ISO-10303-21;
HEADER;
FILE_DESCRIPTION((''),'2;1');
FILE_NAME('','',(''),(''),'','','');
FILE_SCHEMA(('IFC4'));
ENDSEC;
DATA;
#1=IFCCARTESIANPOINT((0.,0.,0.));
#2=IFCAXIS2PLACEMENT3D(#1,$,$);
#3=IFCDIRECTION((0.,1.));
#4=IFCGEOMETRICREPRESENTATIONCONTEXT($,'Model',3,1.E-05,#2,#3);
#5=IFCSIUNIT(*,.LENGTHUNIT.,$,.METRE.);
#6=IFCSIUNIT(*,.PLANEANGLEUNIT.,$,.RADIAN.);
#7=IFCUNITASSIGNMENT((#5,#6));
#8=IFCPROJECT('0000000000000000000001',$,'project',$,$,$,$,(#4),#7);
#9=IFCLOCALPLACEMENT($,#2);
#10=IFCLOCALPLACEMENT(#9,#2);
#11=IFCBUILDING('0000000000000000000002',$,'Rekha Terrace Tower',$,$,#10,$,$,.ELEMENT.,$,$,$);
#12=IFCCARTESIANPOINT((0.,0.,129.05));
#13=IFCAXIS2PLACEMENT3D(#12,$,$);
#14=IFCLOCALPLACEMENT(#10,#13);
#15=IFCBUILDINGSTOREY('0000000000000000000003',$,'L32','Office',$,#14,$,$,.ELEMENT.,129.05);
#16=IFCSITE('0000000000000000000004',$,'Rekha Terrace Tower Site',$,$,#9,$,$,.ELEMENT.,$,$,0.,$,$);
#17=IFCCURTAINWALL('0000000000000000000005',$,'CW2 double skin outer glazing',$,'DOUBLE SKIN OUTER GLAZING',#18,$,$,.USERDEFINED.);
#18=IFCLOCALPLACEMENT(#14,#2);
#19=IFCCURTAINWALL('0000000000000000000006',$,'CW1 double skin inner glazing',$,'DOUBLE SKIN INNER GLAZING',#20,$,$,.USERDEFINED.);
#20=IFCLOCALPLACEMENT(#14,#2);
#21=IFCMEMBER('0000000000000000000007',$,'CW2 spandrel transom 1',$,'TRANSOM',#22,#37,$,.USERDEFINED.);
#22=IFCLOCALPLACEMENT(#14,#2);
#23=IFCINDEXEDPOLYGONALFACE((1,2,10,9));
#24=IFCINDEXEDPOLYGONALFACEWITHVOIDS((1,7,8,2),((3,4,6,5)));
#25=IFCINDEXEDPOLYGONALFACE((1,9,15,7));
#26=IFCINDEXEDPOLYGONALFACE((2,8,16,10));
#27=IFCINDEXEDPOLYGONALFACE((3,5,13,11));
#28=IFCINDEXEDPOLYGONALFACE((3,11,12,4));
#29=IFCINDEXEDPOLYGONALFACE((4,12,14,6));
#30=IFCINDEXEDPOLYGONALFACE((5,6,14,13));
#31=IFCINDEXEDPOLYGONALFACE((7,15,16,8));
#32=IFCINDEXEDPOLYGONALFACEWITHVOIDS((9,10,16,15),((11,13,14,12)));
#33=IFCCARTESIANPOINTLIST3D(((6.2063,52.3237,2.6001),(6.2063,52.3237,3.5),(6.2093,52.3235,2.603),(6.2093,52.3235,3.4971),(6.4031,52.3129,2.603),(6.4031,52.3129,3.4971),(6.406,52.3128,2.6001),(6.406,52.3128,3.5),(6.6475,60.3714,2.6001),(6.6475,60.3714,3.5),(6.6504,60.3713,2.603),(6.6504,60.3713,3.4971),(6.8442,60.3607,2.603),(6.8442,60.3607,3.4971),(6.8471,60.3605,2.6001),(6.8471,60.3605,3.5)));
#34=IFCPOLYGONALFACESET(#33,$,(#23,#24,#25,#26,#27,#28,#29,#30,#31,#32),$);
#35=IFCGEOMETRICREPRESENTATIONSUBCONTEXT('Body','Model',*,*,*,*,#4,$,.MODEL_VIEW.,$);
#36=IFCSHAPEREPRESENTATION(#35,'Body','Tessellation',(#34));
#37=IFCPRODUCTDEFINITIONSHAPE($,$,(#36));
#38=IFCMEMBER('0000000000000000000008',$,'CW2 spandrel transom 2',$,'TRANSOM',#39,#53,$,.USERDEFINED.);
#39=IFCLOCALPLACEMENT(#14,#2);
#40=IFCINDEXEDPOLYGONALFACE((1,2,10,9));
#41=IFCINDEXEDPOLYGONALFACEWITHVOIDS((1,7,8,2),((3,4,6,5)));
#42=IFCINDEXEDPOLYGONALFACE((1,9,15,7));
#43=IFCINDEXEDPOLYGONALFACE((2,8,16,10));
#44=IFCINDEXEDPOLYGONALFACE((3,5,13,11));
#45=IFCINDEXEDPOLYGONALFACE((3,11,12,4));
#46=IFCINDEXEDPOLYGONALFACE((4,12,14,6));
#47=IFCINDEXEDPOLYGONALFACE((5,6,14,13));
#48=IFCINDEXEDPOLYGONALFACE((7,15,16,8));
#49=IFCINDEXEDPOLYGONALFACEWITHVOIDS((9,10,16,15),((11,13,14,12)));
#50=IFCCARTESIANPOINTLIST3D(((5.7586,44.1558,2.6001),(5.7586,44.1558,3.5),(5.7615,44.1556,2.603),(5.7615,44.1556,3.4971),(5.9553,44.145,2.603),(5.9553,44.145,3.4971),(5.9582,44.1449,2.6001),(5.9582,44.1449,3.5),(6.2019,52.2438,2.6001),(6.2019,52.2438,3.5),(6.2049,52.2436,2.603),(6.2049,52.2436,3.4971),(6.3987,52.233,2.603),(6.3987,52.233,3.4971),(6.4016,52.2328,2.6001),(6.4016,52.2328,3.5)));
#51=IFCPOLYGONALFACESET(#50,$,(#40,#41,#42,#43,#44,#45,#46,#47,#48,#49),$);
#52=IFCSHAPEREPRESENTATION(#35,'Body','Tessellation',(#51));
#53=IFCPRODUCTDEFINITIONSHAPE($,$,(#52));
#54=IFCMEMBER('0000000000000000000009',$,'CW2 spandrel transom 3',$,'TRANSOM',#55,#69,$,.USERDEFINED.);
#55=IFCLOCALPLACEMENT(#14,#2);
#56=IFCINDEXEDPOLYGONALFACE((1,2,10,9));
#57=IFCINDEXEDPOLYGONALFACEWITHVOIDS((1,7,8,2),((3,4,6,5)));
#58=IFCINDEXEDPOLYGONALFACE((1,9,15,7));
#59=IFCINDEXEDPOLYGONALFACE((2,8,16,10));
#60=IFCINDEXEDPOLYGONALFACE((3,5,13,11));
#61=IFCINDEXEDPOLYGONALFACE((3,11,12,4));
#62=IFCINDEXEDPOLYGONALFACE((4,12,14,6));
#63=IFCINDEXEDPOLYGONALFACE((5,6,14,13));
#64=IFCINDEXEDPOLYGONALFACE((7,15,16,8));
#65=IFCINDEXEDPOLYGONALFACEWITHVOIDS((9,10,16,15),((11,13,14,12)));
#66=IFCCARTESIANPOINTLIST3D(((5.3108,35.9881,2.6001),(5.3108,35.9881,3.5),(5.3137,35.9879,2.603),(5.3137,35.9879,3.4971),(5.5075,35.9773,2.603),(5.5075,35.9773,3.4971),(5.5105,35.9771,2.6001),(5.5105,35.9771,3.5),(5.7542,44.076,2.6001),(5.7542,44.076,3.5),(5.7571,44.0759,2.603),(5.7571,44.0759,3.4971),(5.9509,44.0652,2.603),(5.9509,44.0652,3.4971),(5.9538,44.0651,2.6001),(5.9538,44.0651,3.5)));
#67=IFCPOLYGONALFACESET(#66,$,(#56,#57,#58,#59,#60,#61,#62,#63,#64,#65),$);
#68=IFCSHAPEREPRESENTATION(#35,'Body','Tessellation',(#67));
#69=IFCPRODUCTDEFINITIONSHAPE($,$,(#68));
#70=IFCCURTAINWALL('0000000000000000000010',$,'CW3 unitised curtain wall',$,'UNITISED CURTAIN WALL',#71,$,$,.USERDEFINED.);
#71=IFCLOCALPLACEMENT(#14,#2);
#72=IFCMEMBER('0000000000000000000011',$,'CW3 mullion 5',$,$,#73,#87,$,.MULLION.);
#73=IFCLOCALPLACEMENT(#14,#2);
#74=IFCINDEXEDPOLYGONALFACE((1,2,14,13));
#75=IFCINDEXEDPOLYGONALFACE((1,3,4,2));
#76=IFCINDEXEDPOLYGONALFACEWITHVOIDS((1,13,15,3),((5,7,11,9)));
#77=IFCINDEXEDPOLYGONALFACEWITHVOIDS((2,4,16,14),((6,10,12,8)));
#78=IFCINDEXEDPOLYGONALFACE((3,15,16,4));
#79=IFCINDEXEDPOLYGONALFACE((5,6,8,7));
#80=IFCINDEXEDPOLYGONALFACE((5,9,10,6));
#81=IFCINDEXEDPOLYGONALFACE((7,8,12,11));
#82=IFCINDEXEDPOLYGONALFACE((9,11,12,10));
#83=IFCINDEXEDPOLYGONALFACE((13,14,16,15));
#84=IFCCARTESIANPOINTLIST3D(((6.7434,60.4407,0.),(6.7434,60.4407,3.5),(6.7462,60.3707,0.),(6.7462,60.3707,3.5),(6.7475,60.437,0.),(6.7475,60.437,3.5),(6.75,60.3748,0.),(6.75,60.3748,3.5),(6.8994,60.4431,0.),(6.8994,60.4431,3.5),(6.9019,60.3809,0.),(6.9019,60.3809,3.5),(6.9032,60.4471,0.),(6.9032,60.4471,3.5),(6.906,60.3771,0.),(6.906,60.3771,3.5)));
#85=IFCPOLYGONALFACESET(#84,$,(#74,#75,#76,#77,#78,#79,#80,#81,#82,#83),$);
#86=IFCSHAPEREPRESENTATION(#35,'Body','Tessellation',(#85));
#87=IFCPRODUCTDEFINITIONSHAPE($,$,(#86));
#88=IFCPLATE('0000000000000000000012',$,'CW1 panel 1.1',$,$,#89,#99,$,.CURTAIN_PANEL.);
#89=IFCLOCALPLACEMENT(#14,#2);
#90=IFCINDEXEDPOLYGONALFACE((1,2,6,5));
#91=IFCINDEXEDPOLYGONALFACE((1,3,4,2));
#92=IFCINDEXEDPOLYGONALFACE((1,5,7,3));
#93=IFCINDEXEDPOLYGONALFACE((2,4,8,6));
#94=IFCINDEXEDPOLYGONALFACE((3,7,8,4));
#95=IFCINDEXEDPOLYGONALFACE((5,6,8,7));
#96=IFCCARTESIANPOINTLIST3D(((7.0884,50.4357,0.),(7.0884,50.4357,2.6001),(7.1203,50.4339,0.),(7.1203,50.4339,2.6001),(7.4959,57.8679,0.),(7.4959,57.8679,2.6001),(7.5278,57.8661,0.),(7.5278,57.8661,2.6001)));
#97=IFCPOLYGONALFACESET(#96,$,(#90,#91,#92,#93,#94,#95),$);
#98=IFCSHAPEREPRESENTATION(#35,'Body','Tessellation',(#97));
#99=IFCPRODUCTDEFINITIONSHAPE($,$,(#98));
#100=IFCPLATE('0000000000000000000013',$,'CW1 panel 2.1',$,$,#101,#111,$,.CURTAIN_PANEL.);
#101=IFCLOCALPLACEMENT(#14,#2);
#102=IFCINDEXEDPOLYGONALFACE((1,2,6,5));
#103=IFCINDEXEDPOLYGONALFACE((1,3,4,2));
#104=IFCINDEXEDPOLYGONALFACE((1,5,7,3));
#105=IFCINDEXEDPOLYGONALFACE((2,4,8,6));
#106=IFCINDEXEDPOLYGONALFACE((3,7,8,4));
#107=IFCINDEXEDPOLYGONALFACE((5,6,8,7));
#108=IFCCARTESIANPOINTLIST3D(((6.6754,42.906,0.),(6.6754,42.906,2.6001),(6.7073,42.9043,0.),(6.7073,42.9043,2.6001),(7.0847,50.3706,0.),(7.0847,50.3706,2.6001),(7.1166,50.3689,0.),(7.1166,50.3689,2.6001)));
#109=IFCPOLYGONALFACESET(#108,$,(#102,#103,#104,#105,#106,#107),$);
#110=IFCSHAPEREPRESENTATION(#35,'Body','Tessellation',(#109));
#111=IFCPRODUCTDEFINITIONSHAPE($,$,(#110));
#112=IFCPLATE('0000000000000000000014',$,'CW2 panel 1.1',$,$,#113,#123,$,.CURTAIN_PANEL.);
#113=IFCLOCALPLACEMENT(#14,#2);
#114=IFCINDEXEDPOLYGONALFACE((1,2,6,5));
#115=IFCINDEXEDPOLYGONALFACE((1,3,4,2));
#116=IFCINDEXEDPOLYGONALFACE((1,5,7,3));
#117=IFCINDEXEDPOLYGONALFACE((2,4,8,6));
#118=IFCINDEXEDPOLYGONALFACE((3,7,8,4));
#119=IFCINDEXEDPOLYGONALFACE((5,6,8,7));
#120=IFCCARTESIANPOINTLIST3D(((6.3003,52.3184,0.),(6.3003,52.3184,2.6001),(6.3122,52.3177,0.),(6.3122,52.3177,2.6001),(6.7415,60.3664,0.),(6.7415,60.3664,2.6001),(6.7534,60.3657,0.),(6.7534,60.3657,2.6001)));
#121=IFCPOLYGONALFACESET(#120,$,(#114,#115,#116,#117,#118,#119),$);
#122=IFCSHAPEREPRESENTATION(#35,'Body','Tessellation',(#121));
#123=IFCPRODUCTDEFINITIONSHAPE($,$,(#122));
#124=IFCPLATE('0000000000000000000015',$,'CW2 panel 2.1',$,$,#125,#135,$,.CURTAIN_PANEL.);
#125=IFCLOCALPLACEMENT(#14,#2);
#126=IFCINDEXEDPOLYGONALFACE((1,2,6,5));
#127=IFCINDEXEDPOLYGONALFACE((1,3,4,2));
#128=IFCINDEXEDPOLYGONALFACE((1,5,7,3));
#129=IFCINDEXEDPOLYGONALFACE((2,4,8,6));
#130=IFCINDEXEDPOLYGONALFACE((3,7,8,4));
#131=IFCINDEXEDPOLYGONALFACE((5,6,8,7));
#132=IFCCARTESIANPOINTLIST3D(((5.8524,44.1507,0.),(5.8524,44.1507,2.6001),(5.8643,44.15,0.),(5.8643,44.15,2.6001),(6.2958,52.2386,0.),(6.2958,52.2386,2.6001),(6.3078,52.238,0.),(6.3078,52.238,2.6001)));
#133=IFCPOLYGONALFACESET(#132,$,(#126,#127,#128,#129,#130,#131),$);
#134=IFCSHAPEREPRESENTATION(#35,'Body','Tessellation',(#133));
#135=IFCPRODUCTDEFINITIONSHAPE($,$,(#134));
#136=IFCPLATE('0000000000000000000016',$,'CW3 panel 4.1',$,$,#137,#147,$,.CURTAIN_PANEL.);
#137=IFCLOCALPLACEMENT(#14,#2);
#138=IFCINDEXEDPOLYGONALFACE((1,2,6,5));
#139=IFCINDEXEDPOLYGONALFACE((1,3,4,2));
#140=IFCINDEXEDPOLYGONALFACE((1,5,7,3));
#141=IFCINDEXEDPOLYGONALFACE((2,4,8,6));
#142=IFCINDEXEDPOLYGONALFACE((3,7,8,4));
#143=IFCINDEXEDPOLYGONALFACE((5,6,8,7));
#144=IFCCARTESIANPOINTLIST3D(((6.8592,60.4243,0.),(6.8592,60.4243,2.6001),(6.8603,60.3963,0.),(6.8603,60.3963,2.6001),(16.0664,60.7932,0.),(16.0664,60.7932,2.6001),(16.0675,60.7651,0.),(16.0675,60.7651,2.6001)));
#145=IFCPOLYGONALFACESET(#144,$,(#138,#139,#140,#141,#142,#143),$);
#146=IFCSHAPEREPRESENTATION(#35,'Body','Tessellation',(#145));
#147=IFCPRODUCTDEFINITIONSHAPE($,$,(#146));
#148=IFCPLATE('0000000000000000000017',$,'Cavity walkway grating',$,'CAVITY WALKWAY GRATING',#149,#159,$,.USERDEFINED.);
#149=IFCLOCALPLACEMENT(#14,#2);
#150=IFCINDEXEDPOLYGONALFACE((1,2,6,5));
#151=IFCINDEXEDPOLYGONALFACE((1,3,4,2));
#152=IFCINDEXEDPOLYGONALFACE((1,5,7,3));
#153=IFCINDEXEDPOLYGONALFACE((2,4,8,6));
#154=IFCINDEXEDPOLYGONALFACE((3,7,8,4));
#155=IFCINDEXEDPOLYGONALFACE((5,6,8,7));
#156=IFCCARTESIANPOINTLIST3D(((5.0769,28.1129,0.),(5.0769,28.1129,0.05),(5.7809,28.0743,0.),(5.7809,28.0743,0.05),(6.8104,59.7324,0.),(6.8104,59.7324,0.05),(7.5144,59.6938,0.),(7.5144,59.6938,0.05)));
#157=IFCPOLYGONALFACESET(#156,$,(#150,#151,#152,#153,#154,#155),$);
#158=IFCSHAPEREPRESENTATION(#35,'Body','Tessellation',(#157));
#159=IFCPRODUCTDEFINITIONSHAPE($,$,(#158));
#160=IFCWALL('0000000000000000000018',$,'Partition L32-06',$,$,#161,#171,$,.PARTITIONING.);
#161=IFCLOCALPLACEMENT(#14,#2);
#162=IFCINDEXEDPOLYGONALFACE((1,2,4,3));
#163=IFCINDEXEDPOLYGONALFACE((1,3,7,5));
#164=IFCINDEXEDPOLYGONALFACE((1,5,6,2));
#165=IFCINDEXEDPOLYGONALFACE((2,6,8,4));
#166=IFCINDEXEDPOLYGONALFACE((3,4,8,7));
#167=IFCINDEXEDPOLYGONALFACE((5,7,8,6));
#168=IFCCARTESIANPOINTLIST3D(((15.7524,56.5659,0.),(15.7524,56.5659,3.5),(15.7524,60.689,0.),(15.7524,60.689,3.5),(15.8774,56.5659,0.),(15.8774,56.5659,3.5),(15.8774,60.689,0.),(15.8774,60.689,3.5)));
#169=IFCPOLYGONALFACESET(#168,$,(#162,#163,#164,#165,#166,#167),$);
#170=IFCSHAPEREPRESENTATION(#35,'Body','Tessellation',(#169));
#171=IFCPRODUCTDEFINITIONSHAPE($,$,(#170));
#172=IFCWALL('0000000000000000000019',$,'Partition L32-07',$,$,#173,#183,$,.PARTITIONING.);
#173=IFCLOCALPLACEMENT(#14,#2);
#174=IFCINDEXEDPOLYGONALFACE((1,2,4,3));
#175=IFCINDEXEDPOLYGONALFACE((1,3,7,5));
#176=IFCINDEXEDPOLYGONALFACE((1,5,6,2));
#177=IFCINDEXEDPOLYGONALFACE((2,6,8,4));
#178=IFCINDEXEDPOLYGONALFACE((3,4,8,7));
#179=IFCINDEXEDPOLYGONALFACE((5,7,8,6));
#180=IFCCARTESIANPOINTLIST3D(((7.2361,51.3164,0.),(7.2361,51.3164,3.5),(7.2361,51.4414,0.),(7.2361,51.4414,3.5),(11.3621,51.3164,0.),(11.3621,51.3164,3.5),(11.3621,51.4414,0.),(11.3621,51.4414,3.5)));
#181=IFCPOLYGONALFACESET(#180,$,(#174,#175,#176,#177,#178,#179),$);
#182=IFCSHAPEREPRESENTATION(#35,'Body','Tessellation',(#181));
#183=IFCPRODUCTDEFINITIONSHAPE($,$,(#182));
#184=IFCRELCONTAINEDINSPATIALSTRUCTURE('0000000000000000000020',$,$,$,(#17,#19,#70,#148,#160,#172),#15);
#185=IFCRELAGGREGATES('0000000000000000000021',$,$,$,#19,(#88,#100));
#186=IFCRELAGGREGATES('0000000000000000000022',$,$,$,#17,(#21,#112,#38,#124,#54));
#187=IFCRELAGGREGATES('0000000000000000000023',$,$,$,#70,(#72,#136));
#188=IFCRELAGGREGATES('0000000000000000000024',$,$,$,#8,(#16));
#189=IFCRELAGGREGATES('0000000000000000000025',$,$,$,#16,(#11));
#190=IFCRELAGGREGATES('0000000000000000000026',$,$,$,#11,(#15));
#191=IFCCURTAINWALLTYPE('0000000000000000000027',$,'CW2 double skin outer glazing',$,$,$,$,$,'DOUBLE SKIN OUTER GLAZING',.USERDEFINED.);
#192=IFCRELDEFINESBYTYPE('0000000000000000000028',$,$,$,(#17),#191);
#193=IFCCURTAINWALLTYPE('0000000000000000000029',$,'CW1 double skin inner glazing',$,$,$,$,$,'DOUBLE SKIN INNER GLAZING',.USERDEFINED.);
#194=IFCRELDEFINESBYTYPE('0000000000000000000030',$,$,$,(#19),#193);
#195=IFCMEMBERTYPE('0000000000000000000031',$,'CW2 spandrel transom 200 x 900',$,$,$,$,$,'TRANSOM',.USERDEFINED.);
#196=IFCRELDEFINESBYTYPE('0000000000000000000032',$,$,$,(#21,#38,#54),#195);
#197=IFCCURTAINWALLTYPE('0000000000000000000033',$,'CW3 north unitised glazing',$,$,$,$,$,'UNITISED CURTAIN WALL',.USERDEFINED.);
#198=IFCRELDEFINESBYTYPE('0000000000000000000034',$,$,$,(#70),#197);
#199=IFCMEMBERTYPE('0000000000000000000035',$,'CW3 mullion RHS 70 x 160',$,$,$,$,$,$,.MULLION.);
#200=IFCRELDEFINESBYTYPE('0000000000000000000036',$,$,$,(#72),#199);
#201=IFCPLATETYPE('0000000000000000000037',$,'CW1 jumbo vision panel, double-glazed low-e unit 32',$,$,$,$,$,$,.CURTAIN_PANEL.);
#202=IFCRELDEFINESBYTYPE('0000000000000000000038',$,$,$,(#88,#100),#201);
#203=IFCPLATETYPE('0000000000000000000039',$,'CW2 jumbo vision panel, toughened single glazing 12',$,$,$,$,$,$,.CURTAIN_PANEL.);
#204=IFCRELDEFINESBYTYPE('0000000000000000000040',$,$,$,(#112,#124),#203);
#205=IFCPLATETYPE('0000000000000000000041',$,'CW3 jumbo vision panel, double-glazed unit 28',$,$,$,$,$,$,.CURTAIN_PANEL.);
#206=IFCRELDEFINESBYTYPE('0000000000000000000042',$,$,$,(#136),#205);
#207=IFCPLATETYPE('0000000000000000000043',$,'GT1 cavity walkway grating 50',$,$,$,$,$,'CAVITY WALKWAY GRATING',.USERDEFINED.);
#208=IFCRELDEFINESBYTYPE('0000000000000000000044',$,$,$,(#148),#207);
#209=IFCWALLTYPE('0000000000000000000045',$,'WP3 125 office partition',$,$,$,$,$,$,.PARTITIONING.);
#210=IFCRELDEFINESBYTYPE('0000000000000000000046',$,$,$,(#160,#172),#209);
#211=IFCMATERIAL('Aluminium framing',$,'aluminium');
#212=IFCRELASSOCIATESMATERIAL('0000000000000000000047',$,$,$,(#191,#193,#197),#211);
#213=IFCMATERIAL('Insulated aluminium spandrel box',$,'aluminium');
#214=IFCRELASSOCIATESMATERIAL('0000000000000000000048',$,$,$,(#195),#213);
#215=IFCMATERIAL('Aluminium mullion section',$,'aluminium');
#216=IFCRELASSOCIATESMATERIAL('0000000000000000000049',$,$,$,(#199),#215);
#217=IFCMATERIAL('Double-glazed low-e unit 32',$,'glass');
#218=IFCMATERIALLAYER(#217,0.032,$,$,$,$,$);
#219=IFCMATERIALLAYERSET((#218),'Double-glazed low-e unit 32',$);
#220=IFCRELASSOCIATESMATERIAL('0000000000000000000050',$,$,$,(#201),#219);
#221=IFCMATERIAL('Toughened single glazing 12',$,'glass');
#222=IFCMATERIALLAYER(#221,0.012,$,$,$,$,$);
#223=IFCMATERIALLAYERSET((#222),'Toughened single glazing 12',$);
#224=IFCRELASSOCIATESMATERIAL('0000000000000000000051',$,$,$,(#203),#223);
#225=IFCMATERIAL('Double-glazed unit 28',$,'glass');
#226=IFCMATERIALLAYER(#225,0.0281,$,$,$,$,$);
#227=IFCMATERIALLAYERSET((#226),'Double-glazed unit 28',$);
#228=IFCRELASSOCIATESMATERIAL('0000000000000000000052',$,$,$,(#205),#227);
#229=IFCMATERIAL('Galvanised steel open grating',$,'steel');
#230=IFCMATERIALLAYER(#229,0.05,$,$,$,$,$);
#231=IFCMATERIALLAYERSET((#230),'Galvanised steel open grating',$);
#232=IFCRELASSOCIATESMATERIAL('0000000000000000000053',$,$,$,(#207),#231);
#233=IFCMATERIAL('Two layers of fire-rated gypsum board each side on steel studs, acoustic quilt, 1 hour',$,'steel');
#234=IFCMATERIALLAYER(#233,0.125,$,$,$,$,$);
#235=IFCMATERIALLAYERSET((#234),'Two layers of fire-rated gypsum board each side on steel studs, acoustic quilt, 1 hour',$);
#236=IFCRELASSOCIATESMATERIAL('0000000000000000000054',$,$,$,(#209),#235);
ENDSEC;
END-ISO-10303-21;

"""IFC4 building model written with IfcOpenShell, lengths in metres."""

from ifc_helpers import new_model, si_unit, direction, frame, frame_2d, origin, origin_2d, place, context, subcontext, project, spatial, rectangle, hollow_rectangle, extrude, material, layer, layer_set, material_profile, profile_set, type_object, element, aggregate, save


model = new_model("IFC4")

# Units and contexts
model_context = context("Model", 3, precision=1e-05, world=origin(), true_north=direction((0.0, 1.0)))
body_context = subcontext(model_context, "Body", "Model", "MODEL_VIEW")
ifc_project = project(units=[si_unit("LENGTHUNIT", "METRE"), si_unit("PLANEANGLEUNIT", "RADIAN")], contexts=[model_context])

# Site, building, storey
site_placement = place(None, origin())
site = spatial("IfcSite", under=ifc_project, at=site_placement, Name="Rekha Terrace Tower Site", CompositionType="ELEMENT", RefElevation=0.0)
building_placement = place(site_placement, origin())
building = spatial("IfcBuilding", under=site, at=building_placement, Name="Rekha Terrace Tower", CompositionType="ELEMENT")
storey_placement = place(building_placement, frame((0.0, 0.0, 129.05)))
storey = spatial("IfcBuildingStorey", under=building, at=storey_placement, Name="L32", Description="Office", CompositionType="ELEMENT", Elevation=129.05)

# Curtain walls
ifc_material_1 = material(Name="Aluminium framing", Category="aluminium")
curtain_wall_type_1 = type_object("IfcCurtainWallType", Name="CW2 double skin outer glazing", ElementType="DOUBLE SKIN OUTER GLAZING", PredefinedType="USERDEFINED", material=ifc_material_1)
curtain_wall_1_placement = place(storey_placement, origin())
curtain_wall_1 = element("IfcCurtainWall", 1, at=curtain_wall_1_placement, inside=storey, type_object=curtain_wall_type_1, Name="CW2 double skin outer glazing", ObjectType="DOUBLE SKIN OUTER GLAZING", PredefinedType="USERDEFINED")
curtain_wall_type_2 = type_object("IfcCurtainWallType", Name="CW1 double skin inner glazing", ElementType="DOUBLE SKIN INNER GLAZING", PredefinedType="USERDEFINED", material=ifc_material_1)
curtain_wall_2_placement = place(storey_placement, origin())
curtain_wall_2 = element("IfcCurtainWall", 2, at=curtain_wall_2_placement, inside=storey, type_object=curtain_wall_type_2, Name="CW1 double skin inner glazing", ObjectType="DOUBLE SKIN INNER GLAZING", PredefinedType="USERDEFINED")
ifc_material_2 = material(Name="Aluminium mullion section", Category="aluminium")
ifc_material_3 = material(Name="Insulated aluminium spandrel box", Category="aluminium")

# Members
ifc_material_profile_1 = material_profile(ifc_material_3, hollow_rectangle(XDim=0.2, YDim=0.8999, WallThickness=0.0029, at=origin_2d()), Name="AL SPANDREL BOX 200x900")
ifc_profile_set_1 = profile_set([ifc_material_profile_1], Name="Insulated aluminium spandrel box")
member_type_1 = type_object("IfcMemberType", Name="CW2 spandrel transom 200 x 900", ElementType="TRANSOM", PredefinedType="USERDEFINED", material=ifc_profile_set_1)
member_1_placement = place(storey_placement, frame((6.7473, 60.366, 3.05), z_axis=(-0.054735, -0.998501, 0.0), x_axis=(0.998501, -0.054735, 0.0)))
member_1 = element("IfcMember", 3, at=member_1_placement, type_object=member_type_1, Name="CW2 spandrel transom 1", ObjectType="TRANSOM", PredefinedType="USERDEFINED", context=body_context, shape_type="SweptSolid", body=[
    extrude(hollow_rectangle(XDim=0.2, YDim=0.8999, WallThickness=0.0029, at=origin_2d()), origin(), (0.0, 0.0, 1.0), 8.0598),
])
member_2_placement = place(storey_placement, frame((6.3018, 52.2383, 3.05), z_axis=(-0.054735, -0.998501, 0.0), x_axis=(0.998501, -0.054735, 0.0)))
member_2 = element("IfcMember", 4, at=member_2_placement, type_object=member_type_1, Name="CW2 spandrel transom 2", ObjectType="TRANSOM", PredefinedType="USERDEFINED", context=body_context, shape_type="SweptSolid", body=[
    extrude(hollow_rectangle(XDim=0.2, YDim=0.8999, WallThickness=0.0029, at=origin_2d()), origin(), (0.0, 0.0, 1.0), 8.1001),
])
member_3_placement = place(storey_placement, frame((5.854, 44.0706, 3.05), z_axis=(-0.054735, -0.998501, 0.0), x_axis=(0.998501, -0.054735, 0.0)))
member_3 = element("IfcMember", 5, at=member_3_placement, type_object=member_type_1, Name="CW2 spandrel transom 3", ObjectType="TRANSOM", PredefinedType="USERDEFINED", context=body_context, shape_type="SweptSolid", body=[
    extrude(hollow_rectangle(XDim=0.2, YDim=0.8999, WallThickness=0.0029, at=origin_2d()), origin(), (0.0, 0.0, 1.0), 8.1001),
])

# Curtain wall, member
curtain_wall_type_3 = type_object("IfcCurtainWallType", Name="CW3 north unitised glazing", ElementType="UNITISED CURTAIN WALL", PredefinedType="USERDEFINED", material=ifc_material_1)
curtain_wall_3_placement = place(storey_placement, origin())
curtain_wall_3 = element("IfcCurtainWall", 6, at=curtain_wall_3_placement, inside=storey, type_object=curtain_wall_type_3, Name="CW3 unitised curtain wall", ObjectType="UNITISED CURTAIN WALL", PredefinedType="USERDEFINED")
ifc_material_profile_2 = material_profile(ifc_material_2, hollow_rectangle(XDim=0.0701, YDim=0.1599, WallThickness=0.0039, at=origin_2d()), Name="AL RHS 70x160")
ifc_profile_set_2 = profile_set([ifc_material_profile_2], Name="Aluminium mullion section")
member_type_2 = type_object("IfcMemberType", Name="CW3 mullion RHS 70 x 160", PredefinedType="MULLION", material=ifc_profile_set_2)
member_4_placement = place(storey_placement, frame((6.8247, 60.4089, 0.0), z_axis=(0.0, 0.0, 1.0), x_axis=(0.040032, -0.999198, 0.0)))
member_4 = element("IfcMember", 7, at=member_4_placement, type_object=member_type_2, Name="CW3 mullion 5", PredefinedType="MULLION", context=body_context, shape_type="SweptSolid", body=[
    extrude(hollow_rectangle(XDim=0.0701, YDim=0.1599, WallThickness=0.0039, at=origin_2d()), origin(), (0.0, 0.0, 1.0), 3.5),
])

# Plates
ifc_material_4 = material(Name="Double-glazed low-e unit 32", Category="glass")
ifc_layer_1 = layer(ifc_material_4, 0.032)
ifc_layer_set_1 = layer_set([ifc_layer_1], Name="Double-glazed low-e unit 32")
plate_type_1 = type_object("IfcPlateType", Name="CW1 jumbo vision panel, double-glazed low-e unit 32", PredefinedType="CURTAIN_PANEL", material=ifc_layer_set_1)
plate_1_placement = place(storey_placement, frame((7.3081, 54.1509, 0.0), z_axis=(0.0, 0.0, 1.0), x_axis=(-0.054742, -0.998501, 0.0)))
plate_1 = element("IfcPlate", 8, at=plate_1_placement, type_object=plate_type_1, Name="CW1 panel 1.1", PredefinedType="CURTAIN_PANEL", context=body_context, shape_type="SweptSolid", body=[
    extrude(rectangle(XDim=7.4434, YDim=0.032, at=origin_2d()), origin(), (0.0, 0.0, 1.0), 2.6001),
])
plate_2_placement = place(storey_placement, frame((6.896, 46.6375, 0.0), z_axis=(0.0, 0.0, 1.0), x_axis=(-0.054742, -0.998501, 0.0)))
plate_2 = element("IfcPlate", 9, at=plate_2_placement, type_object=plate_type_1, Name="CW1 panel 2.1", PredefinedType="CURTAIN_PANEL", context=body_context, shape_type="SweptSolid", body=[
    extrude(rectangle(XDim=7.4758, YDim=0.032, at=origin_2d()), origin(), (0.0, 0.0, 1.0), 2.6001),
])
aggregate(curtain_wall_2, [plate_1, plate_2])
ifc_material_5 = material(Name="Toughened single glazing 12", Category="glass")
ifc_layer_2 = layer(ifc_material_5, 0.012)
ifc_layer_set_2 = layer_set([ifc_layer_2], Name="Toughened single glazing 12")
plate_type_2 = type_object("IfcPlateType", Name="CW2 jumbo vision panel, toughened single glazing 12", PredefinedType="CURTAIN_PANEL", material=ifc_layer_set_2)
plate_3_placement = place(storey_placement, frame((6.5269, 56.342, 0.0), z_axis=(0.0, 0.0, 1.0), x_axis=(-0.054742, -0.998501, 0.0)))
plate_3 = element("IfcPlate", 10, at=plate_3_placement, type_object=plate_type_2, Name="CW2 panel 1.1", PredefinedType="CURTAIN_PANEL", context=body_context, shape_type="SweptSolid", body=[
    extrude(rectangle(XDim=8.0601, YDim=0.012, at=origin_2d()), origin(), (0.0, 0.0, 1.0), 2.6001),
])
plate_4_placement = place(storey_placement, frame((6.0801, 48.1943, 0.0), z_axis=(0.0, 0.0, 1.0), x_axis=(-0.054742, -0.998501, 0.0)))
plate_4 = element("IfcPlate", 11, at=plate_4_placement, type_object=plate_type_2, Name="CW2 panel 2.1", PredefinedType="CURTAIN_PANEL", context=body_context, shape_type="SweptSolid", body=[
    extrude(rectangle(XDim=8.1001, YDim=0.012, at=origin_2d()), origin(), (0.0, 0.0, 1.0), 2.6001),
])
aggregate(curtain_wall_1, [member_1, plate_3, member_2, plate_4, member_3])
ifc_material_6 = material(Name="Double-glazed unit 28", Category="glass")
ifc_layer_3 = layer(ifc_material_6, 0.0281)
ifc_layer_set_3 = layer_set([ifc_layer_3], Name="Double-glazed unit 28")
plate_type_3 = type_object("IfcPlateType", Name="CW3 jumbo vision panel, double-glazed unit 28", PredefinedType="CURTAIN_PANEL", material=ifc_layer_set_3)
plate_5_placement = place(storey_placement, frame((11.4634, 60.5947, 0.0), z_axis=(0.0, 0.0, 1.0), x_axis=(-0.999198, -0.040032, 0.0)))
plate_5 = element("IfcPlate", 12, at=plate_5_placement, type_object=plate_type_3, Name="CW3 panel 4.1", PredefinedType="CURTAIN_PANEL", context=body_context, shape_type="SweptSolid", body=[
    extrude(rectangle(XDim=9.2146, YDim=0.0281, at=origin_2d()), origin(), (0.0, 0.0, 1.0), 2.6001),
])
aggregate(curtain_wall_3, [member_4, plate_5])
ifc_material_7 = material(Name="Galvanised steel open grating", Category="steel")
ifc_layer_4 = layer(ifc_material_7, 0.05)
ifc_layer_set_4 = layer_set([ifc_layer_4], Name="Galvanised steel open grating")
plate_type_4 = type_object("IfcPlateType", Name="GT1 cavity walkway grating 50", ElementType="CAVITY WALKWAY GRATING", PredefinedType="USERDEFINED", material=ifc_layer_set_4)
plate_6_placement = place(storey_placement, frame((6.2957, 43.9033, 0.0), z_axis=(0.0, 0.0, 1.0), x_axis=(-0.054742, -0.998501, 0.0)))
element("IfcPlate", 13, at=plate_6_placement, inside=storey, type_object=plate_type_4, Name="Cavity walkway grating", ObjectType="CAVITY WALKWAY GRATING", PredefinedType="USERDEFINED", context=body_context, shape_type="SweptSolid", body=[
    extrude(rectangle(XDim=31.667, YDim=0.7051, at=origin_2d()), origin(), (0.0, 0.0, 1.0), 0.05),
])

# Walls
ifc_material_8 = material(Name="Two layers of fire-rated gypsum board each side on steel studs, acoustic quilt, 1 hour", Category="steel")
ifc_layer_5 = layer(ifc_material_8, 0.125)
ifc_layer_set_5 = layer_set([ifc_layer_5], Name="Two layers of fire-rated gypsum board each side on steel studs, acoustic quilt, 1 hour")
wall_type = type_object("IfcWallType", Name="WP3 125 office partition", PredefinedType="PARTITIONING", material=ifc_layer_set_5)
wall_1_placement = place(storey_placement, frame((15.8149, 56.5659, 0.0), z_axis=(0.0, 0.0, 1.0), x_axis=(0.0, 1.0, 0.0)))
element("IfcWall", 14, at=wall_1_placement, inside=storey, type_object=wall_type, Name="Partition L32-06", PredefinedType="PARTITIONING", context=body_context, shape_type="SweptSolid", body=[
    extrude(rectangle(XDim=4.123, YDim=0.125, at=frame_2d((2.0615, 0.0))), origin(), (0.0, 0.0, 1.0), 3.5),
])
wall_2_placement = place(storey_placement, frame((11.3621, 51.3789, 0.0), z_axis=(0.0, 0.0, 1.0), x_axis=(-1.0, 0.0, 0.0)))
element("IfcWall", 15, at=wall_2_placement, inside=storey, type_object=wall_type, Name="Partition L32-07", PredefinedType="PARTITIONING", context=body_context, shape_type="SweptSolid", body=[
    extrude(rectangle(XDim=4.126, YDim=0.125, at=frame_2d((2.063, 0.0))), origin(), (0.0, 0.0, 1.0), 3.5),
])

save(model, "model.ifc")
